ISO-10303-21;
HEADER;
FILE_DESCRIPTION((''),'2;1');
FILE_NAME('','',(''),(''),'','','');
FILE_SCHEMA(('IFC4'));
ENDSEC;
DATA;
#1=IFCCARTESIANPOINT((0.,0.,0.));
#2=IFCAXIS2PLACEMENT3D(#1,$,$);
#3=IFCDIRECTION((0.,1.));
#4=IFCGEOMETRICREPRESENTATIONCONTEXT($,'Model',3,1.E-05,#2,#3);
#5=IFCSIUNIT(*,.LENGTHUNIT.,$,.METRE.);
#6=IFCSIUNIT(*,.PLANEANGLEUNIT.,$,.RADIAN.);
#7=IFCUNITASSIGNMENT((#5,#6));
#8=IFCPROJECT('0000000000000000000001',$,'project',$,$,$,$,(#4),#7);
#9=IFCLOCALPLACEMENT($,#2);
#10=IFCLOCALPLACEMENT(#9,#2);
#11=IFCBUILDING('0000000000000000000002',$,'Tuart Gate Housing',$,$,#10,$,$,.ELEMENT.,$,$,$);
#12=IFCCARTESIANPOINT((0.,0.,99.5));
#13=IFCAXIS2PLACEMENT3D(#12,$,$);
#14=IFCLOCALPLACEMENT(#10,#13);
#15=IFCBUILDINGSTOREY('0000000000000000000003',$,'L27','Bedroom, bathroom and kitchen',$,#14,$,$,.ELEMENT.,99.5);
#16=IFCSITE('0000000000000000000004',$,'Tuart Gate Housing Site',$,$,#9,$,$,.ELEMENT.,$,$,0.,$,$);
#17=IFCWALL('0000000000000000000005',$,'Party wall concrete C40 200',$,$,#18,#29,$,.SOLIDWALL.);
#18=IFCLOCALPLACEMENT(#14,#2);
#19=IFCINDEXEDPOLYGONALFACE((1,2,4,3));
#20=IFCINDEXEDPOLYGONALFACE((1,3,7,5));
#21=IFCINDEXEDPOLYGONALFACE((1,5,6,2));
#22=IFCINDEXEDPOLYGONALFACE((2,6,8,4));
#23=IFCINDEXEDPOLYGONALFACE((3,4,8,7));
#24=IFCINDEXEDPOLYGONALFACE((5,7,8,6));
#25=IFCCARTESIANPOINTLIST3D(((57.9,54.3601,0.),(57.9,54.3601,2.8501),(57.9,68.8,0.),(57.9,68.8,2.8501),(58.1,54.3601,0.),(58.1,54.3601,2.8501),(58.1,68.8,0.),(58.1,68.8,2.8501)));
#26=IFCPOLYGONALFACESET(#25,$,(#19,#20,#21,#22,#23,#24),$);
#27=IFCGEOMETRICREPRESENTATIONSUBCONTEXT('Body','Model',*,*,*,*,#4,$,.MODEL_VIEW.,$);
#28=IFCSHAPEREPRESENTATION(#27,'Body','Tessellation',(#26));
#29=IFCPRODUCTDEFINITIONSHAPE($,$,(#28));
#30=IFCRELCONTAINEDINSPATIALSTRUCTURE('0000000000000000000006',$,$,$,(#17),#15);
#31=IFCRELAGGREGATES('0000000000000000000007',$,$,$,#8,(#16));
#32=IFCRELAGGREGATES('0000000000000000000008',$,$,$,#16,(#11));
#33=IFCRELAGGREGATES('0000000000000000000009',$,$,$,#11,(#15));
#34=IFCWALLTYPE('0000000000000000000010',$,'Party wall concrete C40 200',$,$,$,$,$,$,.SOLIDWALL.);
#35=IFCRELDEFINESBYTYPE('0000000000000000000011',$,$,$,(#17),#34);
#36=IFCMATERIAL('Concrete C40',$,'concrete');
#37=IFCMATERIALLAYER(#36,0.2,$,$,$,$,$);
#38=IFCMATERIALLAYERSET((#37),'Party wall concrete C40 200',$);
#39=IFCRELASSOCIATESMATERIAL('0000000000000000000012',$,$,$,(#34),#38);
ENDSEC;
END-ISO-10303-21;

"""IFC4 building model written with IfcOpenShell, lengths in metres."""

from ifc_helpers import new_model, si_unit, direction, frame, frame_2d, origin, place, context, subcontext, project, spatial, rectangle, extrude, material, layer, layer_set, type_object, element, save


model = new_model("IFC4")

# Units and contexts
model_context = context("Model", 3, precision=1e-05, world=origin(), true_north=direction((0.0, 1.0)))
body_context = subcontext(model_context, "Body", "Model", "MODEL_VIEW")
ifc_project = project(units=[si_unit("LENGTHUNIT", "METRE"), si_unit("PLANEANGLEUNIT", "RADIAN")], contexts=[model_context])

# Site, building, storey
site_placement = place(None, origin())
site = spatial("IfcSite", under=ifc_project, at=site_placement, Name="Tuart Gate Housing Site", CompositionType="ELEMENT", RefElevation=0.0)
building_placement = place(site_placement, origin())
building = spatial("IfcBuilding", under=site, at=building_placement, Name="Tuart Gate Housing", CompositionType="ELEMENT")
storey_placement = place(building_placement, frame((0.0, 0.0, 99.5)))
storey = spatial("IfcBuildingStorey", under=building, at=storey_placement, Name="L27", Description="Bedroom, bathroom and kitchen", CompositionType="ELEMENT", Elevation=99.5)

# Wall
ifc_material_1 = material(Name="Concrete C40", Category="concrete")
ifc_layer_1 = layer(ifc_material_1, 0.2)
ifc_layer_set_1 = layer_set([ifc_layer_1], Name="Party wall concrete C40 200")
wall_type_1 = type_object("IfcWallType", Name="Party wall concrete C40 200", PredefinedType="SOLIDWALL", material=ifc_layer_set_1)
for number, where, z_axis, x_axis, name in (
    (1, (58.0, 54.3601, 0.0), (0.0, 0.0, 1.0), (0.0, 1.0, 0.0), "Party wall concrete C40 200"),
):
    element("IfcWall", number, at=place(storey_placement, frame(where, z_axis=z_axis, x_axis=x_axis)), inside=storey, type_object=wall_type_1, Name=name, PredefinedType="SOLIDWALL", context=body_context, shape_type="SweptSolid", body=[
        extrude(rectangle(XDim=14.4399, YDim=0.2, at=frame_2d((7.22, 0.0))), origin(), (0.0, 0.0, 1.0), 2.8501),
    ])

save(model, "model.ifc")
